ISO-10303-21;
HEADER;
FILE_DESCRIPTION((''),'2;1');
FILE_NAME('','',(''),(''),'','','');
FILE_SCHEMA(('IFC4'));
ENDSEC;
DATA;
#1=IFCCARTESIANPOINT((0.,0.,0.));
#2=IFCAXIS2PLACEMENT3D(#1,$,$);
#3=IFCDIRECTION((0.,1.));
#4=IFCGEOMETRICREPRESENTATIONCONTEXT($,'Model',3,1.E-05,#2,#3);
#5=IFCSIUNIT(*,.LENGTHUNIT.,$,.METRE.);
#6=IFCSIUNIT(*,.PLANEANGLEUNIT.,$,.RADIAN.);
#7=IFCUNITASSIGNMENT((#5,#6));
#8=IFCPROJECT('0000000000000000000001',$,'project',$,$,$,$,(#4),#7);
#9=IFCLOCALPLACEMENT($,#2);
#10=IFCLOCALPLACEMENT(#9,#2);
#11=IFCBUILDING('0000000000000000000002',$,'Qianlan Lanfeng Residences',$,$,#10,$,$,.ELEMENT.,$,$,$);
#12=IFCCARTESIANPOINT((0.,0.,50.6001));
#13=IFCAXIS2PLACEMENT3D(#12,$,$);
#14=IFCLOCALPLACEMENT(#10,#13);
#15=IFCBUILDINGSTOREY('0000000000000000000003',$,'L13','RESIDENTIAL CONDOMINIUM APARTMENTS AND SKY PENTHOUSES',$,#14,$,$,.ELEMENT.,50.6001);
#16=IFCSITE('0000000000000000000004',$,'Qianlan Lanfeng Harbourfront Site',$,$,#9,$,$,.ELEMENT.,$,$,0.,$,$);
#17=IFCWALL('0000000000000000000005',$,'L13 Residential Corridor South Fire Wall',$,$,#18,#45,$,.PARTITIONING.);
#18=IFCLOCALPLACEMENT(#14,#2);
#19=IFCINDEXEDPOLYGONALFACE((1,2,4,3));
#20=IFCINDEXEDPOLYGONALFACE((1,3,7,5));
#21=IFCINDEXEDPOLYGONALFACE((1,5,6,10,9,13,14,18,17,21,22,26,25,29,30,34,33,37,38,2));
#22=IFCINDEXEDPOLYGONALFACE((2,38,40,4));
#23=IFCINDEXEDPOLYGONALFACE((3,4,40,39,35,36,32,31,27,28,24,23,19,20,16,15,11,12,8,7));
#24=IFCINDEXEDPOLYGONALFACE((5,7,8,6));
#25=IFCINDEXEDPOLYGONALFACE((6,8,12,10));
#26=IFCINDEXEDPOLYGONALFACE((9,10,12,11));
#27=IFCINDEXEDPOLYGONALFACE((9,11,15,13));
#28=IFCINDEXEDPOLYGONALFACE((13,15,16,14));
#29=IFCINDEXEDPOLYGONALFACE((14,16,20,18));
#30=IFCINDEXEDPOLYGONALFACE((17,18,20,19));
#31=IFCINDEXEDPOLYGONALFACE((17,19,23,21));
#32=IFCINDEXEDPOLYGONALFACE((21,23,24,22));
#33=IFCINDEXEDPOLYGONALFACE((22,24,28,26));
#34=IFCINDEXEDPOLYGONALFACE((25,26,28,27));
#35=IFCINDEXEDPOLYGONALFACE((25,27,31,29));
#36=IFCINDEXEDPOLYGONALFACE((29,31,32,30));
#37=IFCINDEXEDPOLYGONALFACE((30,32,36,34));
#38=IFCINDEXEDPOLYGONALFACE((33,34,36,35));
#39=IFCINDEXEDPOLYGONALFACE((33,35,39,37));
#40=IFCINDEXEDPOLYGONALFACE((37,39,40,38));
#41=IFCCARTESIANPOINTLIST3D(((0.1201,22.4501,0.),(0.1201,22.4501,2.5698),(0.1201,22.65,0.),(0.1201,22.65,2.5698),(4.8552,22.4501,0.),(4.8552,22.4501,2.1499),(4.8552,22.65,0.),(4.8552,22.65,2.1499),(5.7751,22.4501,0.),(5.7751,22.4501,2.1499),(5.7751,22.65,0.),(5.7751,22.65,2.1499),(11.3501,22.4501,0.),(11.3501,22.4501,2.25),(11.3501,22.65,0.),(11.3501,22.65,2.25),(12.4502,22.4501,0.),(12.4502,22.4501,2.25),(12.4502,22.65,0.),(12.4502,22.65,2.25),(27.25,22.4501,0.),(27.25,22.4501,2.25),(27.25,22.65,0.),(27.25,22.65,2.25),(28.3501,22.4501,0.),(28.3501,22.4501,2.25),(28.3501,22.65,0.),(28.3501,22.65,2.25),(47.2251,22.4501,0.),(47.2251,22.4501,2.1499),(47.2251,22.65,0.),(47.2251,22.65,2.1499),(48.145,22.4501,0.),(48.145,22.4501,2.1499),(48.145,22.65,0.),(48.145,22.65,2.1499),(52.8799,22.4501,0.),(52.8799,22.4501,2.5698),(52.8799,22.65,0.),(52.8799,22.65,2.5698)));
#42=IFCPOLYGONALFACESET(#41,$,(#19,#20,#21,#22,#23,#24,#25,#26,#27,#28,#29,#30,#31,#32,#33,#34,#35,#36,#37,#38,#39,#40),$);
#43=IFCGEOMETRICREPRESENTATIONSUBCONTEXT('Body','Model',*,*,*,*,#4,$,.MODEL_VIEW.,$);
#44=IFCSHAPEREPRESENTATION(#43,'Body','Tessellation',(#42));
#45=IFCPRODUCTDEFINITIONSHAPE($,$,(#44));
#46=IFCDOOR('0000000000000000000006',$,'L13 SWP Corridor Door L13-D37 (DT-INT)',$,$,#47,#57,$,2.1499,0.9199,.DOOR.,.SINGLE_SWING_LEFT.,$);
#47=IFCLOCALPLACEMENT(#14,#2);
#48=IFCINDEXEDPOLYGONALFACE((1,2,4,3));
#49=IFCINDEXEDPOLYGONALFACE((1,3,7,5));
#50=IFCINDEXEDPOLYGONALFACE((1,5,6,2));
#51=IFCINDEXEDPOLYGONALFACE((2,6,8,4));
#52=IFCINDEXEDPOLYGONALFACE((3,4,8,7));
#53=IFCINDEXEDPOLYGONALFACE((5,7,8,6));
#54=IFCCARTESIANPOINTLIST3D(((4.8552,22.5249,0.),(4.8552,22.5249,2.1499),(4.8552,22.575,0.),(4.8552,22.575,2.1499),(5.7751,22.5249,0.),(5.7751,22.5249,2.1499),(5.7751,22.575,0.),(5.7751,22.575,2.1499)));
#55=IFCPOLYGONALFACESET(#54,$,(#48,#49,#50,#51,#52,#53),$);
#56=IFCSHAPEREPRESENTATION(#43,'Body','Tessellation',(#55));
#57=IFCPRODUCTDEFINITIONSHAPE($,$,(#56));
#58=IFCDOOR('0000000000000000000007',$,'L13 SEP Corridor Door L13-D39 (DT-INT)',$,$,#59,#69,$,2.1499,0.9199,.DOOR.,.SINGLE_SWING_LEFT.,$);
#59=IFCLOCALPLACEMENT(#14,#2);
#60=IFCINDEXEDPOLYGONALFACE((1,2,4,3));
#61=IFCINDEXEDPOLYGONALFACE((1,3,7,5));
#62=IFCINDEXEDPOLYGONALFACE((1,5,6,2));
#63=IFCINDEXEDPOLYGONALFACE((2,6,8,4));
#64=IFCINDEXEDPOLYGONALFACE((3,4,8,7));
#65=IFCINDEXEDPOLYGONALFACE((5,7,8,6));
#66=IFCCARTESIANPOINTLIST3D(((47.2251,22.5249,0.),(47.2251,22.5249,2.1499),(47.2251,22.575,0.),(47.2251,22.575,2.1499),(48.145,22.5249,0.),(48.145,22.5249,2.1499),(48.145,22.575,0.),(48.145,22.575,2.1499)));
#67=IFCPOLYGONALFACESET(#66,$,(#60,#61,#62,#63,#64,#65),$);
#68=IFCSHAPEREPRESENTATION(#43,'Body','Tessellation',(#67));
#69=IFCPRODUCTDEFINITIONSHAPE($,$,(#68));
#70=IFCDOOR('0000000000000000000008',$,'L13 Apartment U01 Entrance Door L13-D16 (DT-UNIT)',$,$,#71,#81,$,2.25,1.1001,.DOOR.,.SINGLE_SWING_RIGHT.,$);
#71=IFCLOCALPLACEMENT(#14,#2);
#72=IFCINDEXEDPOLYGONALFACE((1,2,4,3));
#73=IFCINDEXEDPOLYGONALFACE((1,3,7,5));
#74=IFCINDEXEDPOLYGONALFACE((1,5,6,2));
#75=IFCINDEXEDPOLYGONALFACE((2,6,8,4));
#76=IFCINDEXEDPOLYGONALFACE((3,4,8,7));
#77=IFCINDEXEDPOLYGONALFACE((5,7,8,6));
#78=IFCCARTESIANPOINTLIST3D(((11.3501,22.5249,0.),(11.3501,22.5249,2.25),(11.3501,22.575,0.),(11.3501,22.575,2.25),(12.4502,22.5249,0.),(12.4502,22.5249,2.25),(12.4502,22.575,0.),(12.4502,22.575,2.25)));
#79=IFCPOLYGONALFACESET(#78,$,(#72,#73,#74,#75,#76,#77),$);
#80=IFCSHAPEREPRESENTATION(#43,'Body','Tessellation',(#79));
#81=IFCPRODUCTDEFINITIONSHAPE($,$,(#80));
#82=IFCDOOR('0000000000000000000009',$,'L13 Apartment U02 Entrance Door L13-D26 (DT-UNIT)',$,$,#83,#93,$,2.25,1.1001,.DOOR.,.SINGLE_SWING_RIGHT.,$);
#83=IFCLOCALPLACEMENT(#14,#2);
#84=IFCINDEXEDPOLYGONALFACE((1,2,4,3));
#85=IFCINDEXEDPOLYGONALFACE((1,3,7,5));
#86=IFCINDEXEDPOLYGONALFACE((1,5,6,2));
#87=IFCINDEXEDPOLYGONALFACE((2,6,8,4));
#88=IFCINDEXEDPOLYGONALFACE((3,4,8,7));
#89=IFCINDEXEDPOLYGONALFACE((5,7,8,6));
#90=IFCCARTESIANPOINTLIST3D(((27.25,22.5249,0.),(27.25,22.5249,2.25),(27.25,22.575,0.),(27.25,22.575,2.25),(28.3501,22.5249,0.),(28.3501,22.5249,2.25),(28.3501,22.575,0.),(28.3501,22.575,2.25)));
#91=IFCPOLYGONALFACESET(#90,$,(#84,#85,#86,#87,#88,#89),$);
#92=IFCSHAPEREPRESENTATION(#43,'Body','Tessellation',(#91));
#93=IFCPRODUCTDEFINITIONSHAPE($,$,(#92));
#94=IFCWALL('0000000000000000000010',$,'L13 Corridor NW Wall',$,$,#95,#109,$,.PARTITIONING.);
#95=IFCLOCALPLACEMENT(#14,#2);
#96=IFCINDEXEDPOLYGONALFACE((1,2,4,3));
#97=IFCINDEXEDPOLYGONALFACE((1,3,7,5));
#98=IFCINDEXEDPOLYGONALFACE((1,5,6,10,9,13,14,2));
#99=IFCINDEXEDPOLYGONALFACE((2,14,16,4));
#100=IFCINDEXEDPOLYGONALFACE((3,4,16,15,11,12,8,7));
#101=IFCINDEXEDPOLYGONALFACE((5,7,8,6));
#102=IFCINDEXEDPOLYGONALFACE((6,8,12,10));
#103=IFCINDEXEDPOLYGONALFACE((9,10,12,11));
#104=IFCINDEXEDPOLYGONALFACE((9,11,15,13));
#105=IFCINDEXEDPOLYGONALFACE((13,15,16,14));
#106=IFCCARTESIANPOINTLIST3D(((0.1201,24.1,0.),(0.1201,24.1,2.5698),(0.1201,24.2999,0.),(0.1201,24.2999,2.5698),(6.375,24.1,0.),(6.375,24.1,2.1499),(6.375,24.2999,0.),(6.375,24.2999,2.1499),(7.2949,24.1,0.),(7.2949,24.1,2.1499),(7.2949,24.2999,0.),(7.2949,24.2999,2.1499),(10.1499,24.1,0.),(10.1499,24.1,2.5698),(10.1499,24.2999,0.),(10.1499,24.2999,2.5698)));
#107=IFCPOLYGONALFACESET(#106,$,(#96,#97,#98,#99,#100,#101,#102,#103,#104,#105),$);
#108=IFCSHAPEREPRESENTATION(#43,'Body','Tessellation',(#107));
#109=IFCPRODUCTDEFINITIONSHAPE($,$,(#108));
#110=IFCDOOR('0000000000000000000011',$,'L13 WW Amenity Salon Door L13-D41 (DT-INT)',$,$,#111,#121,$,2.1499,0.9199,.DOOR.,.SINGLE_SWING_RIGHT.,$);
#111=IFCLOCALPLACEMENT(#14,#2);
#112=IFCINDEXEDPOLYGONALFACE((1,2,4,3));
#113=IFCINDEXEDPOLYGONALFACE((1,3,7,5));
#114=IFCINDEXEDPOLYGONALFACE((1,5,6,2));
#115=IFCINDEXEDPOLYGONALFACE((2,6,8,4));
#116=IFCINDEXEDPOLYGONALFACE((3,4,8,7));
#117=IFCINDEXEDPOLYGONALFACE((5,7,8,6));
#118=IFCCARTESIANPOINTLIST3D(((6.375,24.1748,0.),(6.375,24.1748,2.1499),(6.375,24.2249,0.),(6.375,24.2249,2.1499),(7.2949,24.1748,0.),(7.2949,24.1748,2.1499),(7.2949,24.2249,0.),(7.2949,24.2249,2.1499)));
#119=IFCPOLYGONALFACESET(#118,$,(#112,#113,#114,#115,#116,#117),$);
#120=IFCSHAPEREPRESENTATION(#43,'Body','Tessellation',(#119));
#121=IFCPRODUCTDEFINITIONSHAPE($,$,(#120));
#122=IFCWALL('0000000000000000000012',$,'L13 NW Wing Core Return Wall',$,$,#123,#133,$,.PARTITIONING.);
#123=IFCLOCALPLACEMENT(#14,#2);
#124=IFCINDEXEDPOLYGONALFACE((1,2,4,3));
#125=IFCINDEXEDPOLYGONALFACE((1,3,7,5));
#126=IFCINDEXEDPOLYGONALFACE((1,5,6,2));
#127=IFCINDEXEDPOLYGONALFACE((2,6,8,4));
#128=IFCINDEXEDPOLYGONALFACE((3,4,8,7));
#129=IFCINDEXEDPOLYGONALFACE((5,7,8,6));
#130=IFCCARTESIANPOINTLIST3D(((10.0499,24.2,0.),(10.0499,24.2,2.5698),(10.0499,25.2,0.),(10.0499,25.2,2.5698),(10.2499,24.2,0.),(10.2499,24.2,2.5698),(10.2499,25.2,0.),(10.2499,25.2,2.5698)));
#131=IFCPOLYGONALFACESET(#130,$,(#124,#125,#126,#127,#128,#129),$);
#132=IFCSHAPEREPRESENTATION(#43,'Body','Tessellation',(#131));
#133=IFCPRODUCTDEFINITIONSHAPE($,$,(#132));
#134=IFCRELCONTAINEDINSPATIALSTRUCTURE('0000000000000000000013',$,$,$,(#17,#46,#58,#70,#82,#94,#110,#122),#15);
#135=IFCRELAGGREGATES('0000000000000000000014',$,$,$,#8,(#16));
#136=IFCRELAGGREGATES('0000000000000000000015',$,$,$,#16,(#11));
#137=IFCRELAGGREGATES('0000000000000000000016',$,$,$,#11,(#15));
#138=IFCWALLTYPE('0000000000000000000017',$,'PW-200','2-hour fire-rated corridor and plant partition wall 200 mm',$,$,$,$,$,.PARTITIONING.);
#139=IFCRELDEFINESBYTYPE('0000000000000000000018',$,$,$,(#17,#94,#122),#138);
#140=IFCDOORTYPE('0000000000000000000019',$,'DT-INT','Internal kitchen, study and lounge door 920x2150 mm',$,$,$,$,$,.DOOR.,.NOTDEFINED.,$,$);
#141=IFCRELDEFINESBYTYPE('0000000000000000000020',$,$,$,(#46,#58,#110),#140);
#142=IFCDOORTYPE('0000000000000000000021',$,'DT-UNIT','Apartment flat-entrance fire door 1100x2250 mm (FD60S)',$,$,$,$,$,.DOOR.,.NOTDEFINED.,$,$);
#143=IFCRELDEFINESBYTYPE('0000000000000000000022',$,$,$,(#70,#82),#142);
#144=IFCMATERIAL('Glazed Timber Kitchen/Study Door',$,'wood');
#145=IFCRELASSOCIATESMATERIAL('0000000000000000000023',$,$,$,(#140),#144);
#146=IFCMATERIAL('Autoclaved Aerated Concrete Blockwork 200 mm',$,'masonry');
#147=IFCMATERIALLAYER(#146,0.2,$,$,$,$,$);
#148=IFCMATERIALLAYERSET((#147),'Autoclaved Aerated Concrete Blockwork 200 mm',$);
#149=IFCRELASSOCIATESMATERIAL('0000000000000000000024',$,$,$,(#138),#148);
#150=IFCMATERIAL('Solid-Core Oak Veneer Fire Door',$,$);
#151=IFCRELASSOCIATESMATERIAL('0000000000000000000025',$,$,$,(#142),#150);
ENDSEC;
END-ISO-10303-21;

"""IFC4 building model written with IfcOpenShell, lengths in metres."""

from ifc_helpers import new_model, si_unit, direction, frame, frame_2d, origin, place, context, subcontext, project, spatial, rectangle, extrude, material, layer, layer_set, type_object, element, fill, save


model = new_model("IFC4")

# Units and contexts
model_context = context("Model", 3, precision=1e-05, world=origin(), true_north=direction((0.0, 1.0)))
body_context = subcontext(model_context, "Body", "Model", "MODEL_VIEW")
ifc_project = project(units=[si_unit("LENGTHUNIT", "METRE"), si_unit("PLANEANGLEUNIT", "RADIAN")], contexts=[model_context])

# Site, building, storey
site_placement = place(None, origin())
site = spatial("IfcSite", under=ifc_project, at=site_placement, Name="Qianlan Lanfeng Harbourfront Site", CompositionType="ELEMENT", RefElevation=0.0)
building_placement = place(site_placement, origin())
building = spatial("IfcBuilding", under=site, at=building_placement, Name="Qianlan Lanfeng Residences", CompositionType="ELEMENT")
storey_placement = place(building_placement, frame((0.0, 0.0, 50.6001)))
storey = spatial("IfcBuildingStorey", under=building, at=storey_placement, Name="L13", Description="RESIDENTIAL CONDOMINIUM APARTMENTS AND SKY PENTHOUSES", CompositionType="ELEMENT", Elevation=50.6001)

# Shared definitions
ifc_material_1 = material(Name="Glazed Timber Kitchen/Study Door", Category="wood")
door_type_1 = type_object("IfcDoorType", Name="DT-INT", Description="Internal kitchen, study and lounge door 920x2150 mm", OperationType="NOTDEFINED", PredefinedType="DOOR", material=ifc_material_1)

# Wall, openings, doors
ifc_material_2 = material(Name="Autoclaved Aerated Concrete Blockwork 200 mm", Category="masonry")
ifc_layer_1 = layer(ifc_material_2, 0.2)
ifc_layer_set_1 = layer_set([ifc_layer_1], Name="Autoclaved Aerated Concrete Blockwork 200 mm")
wall_type_1 = type_object("IfcWallType", Name="PW-200", Description="2-hour fire-rated corridor and plant partition wall 200 mm", PredefinedType="PARTITIONING", material=ifc_layer_set_1)
wall_1_placement = place(storey_placement, frame((0.1201, 22.55, 0.0), z_axis=(0.0, 0.0, 1.0), x_axis=(1.0, 0.0, 0.0)))
wall_1 = element("IfcWall", 1, at=wall_1_placement, inside=storey, type_object=wall_type_1, Name="L13 Residential Corridor South Fire Wall", PredefinedType="PARTITIONING", context=body_context, shape_type="SweptSolid", body=[
    extrude(rectangle(XDim=52.7598, YDim=0.2, at=frame_2d((26.3799, 0.0))), origin(), (0.0, 0.0, 1.0), 2.5698),
])
opening_1_placement = place(wall_1_placement, frame((11.23, 0.0, 0.0)))
opening_1 = element("IfcOpeningElement", 2, at=opening_1_placement, cuts=wall_1, PredefinedType="OPENING", context=body_context, shape_type="SweptSolid", body=[
    extrude(rectangle(XDim=1.1001, YDim=2.25, at=frame_2d((0.55, 1.125))), frame((0.0, 0.1099, 0.0), z_axis=(0.0, -1.0, 0.0), x_axis=(1.0, 0.0, 0.0)), (0.0, 0.0, 1.0), 0.22),
])
opening_2_placement = place(wall_1_placement, frame((27.1299, 0.0, 0.0)))
opening_2 = element("IfcOpeningElement", 3, at=opening_2_placement, cuts=wall_1, PredefinedType="OPENING", context=body_context, shape_type="SweptSolid", body=[
    extrude(rectangle(XDim=1.1001, YDim=2.25, at=frame_2d((0.55, 1.125))), frame((0.0, 0.1099, 0.0), z_axis=(0.0, -1.0, 0.0), x_axis=(1.0, 0.0, 0.0)), (0.0, 0.0, 1.0), 0.22),
])
opening_3_placement = place(wall_1_placement, frame((4.7351, 0.0, 0.0)))
opening_3 = element("IfcOpeningElement", 4, at=opening_3_placement, cuts=wall_1, PredefinedType="OPENING", context=body_context, shape_type="SweptSolid", body=[
    extrude(rectangle(XDim=0.9199, YDim=2.1499, at=frame_2d((0.46, 1.075))), frame((0.0, 0.1099, 0.0), z_axis=(0.0, -1.0, 0.0), x_axis=(1.0, 0.0, 0.0)), (0.0, 0.0, 1.0), 0.22),
])
opening_4_placement = place(wall_1_placement, frame((47.105, 0.0, 0.0)))
opening_4 = element("IfcOpeningElement", 5, at=opening_4_placement, cuts=wall_1, PredefinedType="OPENING", context=body_context, shape_type="SweptSolid", body=[
    extrude(rectangle(XDim=0.9199, YDim=2.1499, at=frame_2d((0.46, 1.075))), frame((0.0, 0.1099, 0.0), z_axis=(0.0, -1.0, 0.0), x_axis=(1.0, 0.0, 0.0)), (0.0, 0.0, 1.0), 0.22),
])
door_1_placement = place(opening_3_placement, origin())
door_1 = element("IfcDoor", 6, at=door_1_placement, inside=storey, type_object=door_type_1, Name="L13 SWP Corridor Door L13-D37 (DT-INT)", OperationType="SINGLE_SWING_LEFT", OverallHeight=2.1499, OverallWidth=0.9199, PredefinedType="DOOR", context=body_context, shape_type="SweptSolid", body=[
    extrude(rectangle(XDim=0.9199, YDim=2.1499, at=frame_2d((0.46, 1.075))), frame((0.0, 0.0249, 0.0), z_axis=(0.0, -1.0, 0.0), x_axis=(1.0, 0.0, 0.0)), (0.0, 0.0, 1.0), 0.05),
])
fill(opening_3, door_1)
door_2_placement = place(opening_4_placement, origin())
door_2 = element("IfcDoor", 7, at=door_2_placement, inside=storey, type_object=door_type_1, Name="L13 SEP Corridor Door L13-D39 (DT-INT)", OperationType="SINGLE_SWING_LEFT", OverallHeight=2.1499, OverallWidth=0.9199, PredefinedType="DOOR", context=body_context, shape_type="SweptSolid", body=[
    extrude(rectangle(XDim=0.9199, YDim=2.1499, at=frame_2d((0.46, 1.075))), frame((0.0, 0.0249, 0.0), z_axis=(0.0, -1.0, 0.0), x_axis=(1.0, 0.0, 0.0)), (0.0, 0.0, 1.0), 0.05),
])
fill(opening_4, door_2)
ifc_material_3 = material(Name="Solid-Core Oak Veneer Fire Door")
door_type_2 = type_object("IfcDoorType", Name="DT-UNIT", Description="Apartment flat-entrance fire door 1100x2250 mm (FD60S)", OperationType="NOTDEFINED", PredefinedType="DOOR", material=ifc_material_3)
door_3_placement = place(opening_1_placement, origin())
door_3 = element("IfcDoor", 8, at=door_3_placement, inside=storey, type_object=door_type_2, Name="L13 Apartment U01 Entrance Door L13-D16 (DT-UNIT)", OperationType="SINGLE_SWING_RIGHT", OverallHeight=2.25, OverallWidth=1.1001, PredefinedType="DOOR", context=body_context, shape_type="SweptSolid", body=[
    extrude(rectangle(XDim=1.1001, YDim=2.25, at=frame_2d((0.55, 1.125))), frame((0.0, 0.0249, 0.0), z_axis=(0.0, -1.0, 0.0), x_axis=(1.0, 0.0, 0.0)), (0.0, 0.0, 1.0), 0.05),
])
fill(opening_1, door_3)
door_4_placement = place(opening_2_placement, origin())
door_4 = element("IfcDoor", 9, at=door_4_placement, inside=storey, type_object=door_type_2, Name="L13 Apartment U02 Entrance Door L13-D26 (DT-UNIT)", OperationType="SINGLE_SWING_RIGHT", OverallHeight=2.25, OverallWidth=1.1001, PredefinedType="DOOR", context=body_context, shape_type="SweptSolid", body=[
    extrude(rectangle(XDim=1.1001, YDim=2.25, at=frame_2d((0.55, 1.125))), frame((0.0, 0.0249, 0.0), z_axis=(0.0, -1.0, 0.0), x_axis=(1.0, 0.0, 0.0)), (0.0, 0.0, 1.0), 0.05),
])
fill(opening_2, door_4)

# Wall, opening, door
wall_2_placement = place(storey_placement, frame((0.1201, 24.2, 0.0), z_axis=(0.0, 0.0, 1.0), x_axis=(1.0, 0.0, 0.0)))
wall_2 = element("IfcWall", 10, at=wall_2_placement, inside=storey, type_object=wall_type_1, Name="L13 Corridor NW Wall", PredefinedType="PARTITIONING", context=body_context, shape_type="SweptSolid", body=[
    extrude(rectangle(XDim=10.0298, YDim=0.2, at=frame_2d((5.0149, 0.0))), origin(), (0.0, 0.0, 1.0), 2.5698),
])
opening_5_placement = place(wall_2_placement, frame((6.2549, 0.0, 0.0)))
opening_5 = element("IfcOpeningElement", 11, at=opening_5_placement, cuts=wall_2, PredefinedType="OPENING", context=body_context, shape_type="SweptSolid", body=[
    extrude(rectangle(XDim=0.9199, YDim=2.1499, at=frame_2d((0.46, 1.075))), frame((0.0, 0.1099, 0.0), z_axis=(0.0, -1.0, 0.0), x_axis=(1.0, 0.0, 0.0)), (0.0, 0.0, 1.0), 0.22),
])
door_5_placement = place(opening_5_placement, origin())
door_5 = element("IfcDoor", 12, at=door_5_placement, inside=storey, type_object=door_type_1, Name="L13 WW Amenity Salon Door L13-D41 (DT-INT)", OperationType="SINGLE_SWING_RIGHT", OverallHeight=2.1499, OverallWidth=0.9199, PredefinedType="DOOR", context=body_context, shape_type="SweptSolid", body=[
    extrude(rectangle(XDim=0.9199, YDim=2.1499, at=frame_2d((0.46, 1.075))), frame((0.0, 0.0249, 0.0), z_axis=(0.0, -1.0, 0.0), x_axis=(1.0, 0.0, 0.0)), (0.0, 0.0, 1.0), 0.05),
])
fill(opening_5, door_5)

# Wall
wall_3_placement = place(storey_placement, frame((10.1499, 24.2, 0.0), z_axis=(0.0, 0.0, 1.0), x_axis=(0.0, 1.0, 0.0)))
element("IfcWall", 13, at=wall_3_placement, inside=storey, type_object=wall_type_1, Name="L13 NW Wing Core Return Wall", PredefinedType="PARTITIONING", context=body_context, shape_type="SweptSolid", body=[
    extrude(rectangle(XDim=1.0, YDim=0.2, at=frame_2d((0.5, 0.0))), origin(), (0.0, 0.0, 1.0), 2.5698),
])

save(model, "model.ifc")
